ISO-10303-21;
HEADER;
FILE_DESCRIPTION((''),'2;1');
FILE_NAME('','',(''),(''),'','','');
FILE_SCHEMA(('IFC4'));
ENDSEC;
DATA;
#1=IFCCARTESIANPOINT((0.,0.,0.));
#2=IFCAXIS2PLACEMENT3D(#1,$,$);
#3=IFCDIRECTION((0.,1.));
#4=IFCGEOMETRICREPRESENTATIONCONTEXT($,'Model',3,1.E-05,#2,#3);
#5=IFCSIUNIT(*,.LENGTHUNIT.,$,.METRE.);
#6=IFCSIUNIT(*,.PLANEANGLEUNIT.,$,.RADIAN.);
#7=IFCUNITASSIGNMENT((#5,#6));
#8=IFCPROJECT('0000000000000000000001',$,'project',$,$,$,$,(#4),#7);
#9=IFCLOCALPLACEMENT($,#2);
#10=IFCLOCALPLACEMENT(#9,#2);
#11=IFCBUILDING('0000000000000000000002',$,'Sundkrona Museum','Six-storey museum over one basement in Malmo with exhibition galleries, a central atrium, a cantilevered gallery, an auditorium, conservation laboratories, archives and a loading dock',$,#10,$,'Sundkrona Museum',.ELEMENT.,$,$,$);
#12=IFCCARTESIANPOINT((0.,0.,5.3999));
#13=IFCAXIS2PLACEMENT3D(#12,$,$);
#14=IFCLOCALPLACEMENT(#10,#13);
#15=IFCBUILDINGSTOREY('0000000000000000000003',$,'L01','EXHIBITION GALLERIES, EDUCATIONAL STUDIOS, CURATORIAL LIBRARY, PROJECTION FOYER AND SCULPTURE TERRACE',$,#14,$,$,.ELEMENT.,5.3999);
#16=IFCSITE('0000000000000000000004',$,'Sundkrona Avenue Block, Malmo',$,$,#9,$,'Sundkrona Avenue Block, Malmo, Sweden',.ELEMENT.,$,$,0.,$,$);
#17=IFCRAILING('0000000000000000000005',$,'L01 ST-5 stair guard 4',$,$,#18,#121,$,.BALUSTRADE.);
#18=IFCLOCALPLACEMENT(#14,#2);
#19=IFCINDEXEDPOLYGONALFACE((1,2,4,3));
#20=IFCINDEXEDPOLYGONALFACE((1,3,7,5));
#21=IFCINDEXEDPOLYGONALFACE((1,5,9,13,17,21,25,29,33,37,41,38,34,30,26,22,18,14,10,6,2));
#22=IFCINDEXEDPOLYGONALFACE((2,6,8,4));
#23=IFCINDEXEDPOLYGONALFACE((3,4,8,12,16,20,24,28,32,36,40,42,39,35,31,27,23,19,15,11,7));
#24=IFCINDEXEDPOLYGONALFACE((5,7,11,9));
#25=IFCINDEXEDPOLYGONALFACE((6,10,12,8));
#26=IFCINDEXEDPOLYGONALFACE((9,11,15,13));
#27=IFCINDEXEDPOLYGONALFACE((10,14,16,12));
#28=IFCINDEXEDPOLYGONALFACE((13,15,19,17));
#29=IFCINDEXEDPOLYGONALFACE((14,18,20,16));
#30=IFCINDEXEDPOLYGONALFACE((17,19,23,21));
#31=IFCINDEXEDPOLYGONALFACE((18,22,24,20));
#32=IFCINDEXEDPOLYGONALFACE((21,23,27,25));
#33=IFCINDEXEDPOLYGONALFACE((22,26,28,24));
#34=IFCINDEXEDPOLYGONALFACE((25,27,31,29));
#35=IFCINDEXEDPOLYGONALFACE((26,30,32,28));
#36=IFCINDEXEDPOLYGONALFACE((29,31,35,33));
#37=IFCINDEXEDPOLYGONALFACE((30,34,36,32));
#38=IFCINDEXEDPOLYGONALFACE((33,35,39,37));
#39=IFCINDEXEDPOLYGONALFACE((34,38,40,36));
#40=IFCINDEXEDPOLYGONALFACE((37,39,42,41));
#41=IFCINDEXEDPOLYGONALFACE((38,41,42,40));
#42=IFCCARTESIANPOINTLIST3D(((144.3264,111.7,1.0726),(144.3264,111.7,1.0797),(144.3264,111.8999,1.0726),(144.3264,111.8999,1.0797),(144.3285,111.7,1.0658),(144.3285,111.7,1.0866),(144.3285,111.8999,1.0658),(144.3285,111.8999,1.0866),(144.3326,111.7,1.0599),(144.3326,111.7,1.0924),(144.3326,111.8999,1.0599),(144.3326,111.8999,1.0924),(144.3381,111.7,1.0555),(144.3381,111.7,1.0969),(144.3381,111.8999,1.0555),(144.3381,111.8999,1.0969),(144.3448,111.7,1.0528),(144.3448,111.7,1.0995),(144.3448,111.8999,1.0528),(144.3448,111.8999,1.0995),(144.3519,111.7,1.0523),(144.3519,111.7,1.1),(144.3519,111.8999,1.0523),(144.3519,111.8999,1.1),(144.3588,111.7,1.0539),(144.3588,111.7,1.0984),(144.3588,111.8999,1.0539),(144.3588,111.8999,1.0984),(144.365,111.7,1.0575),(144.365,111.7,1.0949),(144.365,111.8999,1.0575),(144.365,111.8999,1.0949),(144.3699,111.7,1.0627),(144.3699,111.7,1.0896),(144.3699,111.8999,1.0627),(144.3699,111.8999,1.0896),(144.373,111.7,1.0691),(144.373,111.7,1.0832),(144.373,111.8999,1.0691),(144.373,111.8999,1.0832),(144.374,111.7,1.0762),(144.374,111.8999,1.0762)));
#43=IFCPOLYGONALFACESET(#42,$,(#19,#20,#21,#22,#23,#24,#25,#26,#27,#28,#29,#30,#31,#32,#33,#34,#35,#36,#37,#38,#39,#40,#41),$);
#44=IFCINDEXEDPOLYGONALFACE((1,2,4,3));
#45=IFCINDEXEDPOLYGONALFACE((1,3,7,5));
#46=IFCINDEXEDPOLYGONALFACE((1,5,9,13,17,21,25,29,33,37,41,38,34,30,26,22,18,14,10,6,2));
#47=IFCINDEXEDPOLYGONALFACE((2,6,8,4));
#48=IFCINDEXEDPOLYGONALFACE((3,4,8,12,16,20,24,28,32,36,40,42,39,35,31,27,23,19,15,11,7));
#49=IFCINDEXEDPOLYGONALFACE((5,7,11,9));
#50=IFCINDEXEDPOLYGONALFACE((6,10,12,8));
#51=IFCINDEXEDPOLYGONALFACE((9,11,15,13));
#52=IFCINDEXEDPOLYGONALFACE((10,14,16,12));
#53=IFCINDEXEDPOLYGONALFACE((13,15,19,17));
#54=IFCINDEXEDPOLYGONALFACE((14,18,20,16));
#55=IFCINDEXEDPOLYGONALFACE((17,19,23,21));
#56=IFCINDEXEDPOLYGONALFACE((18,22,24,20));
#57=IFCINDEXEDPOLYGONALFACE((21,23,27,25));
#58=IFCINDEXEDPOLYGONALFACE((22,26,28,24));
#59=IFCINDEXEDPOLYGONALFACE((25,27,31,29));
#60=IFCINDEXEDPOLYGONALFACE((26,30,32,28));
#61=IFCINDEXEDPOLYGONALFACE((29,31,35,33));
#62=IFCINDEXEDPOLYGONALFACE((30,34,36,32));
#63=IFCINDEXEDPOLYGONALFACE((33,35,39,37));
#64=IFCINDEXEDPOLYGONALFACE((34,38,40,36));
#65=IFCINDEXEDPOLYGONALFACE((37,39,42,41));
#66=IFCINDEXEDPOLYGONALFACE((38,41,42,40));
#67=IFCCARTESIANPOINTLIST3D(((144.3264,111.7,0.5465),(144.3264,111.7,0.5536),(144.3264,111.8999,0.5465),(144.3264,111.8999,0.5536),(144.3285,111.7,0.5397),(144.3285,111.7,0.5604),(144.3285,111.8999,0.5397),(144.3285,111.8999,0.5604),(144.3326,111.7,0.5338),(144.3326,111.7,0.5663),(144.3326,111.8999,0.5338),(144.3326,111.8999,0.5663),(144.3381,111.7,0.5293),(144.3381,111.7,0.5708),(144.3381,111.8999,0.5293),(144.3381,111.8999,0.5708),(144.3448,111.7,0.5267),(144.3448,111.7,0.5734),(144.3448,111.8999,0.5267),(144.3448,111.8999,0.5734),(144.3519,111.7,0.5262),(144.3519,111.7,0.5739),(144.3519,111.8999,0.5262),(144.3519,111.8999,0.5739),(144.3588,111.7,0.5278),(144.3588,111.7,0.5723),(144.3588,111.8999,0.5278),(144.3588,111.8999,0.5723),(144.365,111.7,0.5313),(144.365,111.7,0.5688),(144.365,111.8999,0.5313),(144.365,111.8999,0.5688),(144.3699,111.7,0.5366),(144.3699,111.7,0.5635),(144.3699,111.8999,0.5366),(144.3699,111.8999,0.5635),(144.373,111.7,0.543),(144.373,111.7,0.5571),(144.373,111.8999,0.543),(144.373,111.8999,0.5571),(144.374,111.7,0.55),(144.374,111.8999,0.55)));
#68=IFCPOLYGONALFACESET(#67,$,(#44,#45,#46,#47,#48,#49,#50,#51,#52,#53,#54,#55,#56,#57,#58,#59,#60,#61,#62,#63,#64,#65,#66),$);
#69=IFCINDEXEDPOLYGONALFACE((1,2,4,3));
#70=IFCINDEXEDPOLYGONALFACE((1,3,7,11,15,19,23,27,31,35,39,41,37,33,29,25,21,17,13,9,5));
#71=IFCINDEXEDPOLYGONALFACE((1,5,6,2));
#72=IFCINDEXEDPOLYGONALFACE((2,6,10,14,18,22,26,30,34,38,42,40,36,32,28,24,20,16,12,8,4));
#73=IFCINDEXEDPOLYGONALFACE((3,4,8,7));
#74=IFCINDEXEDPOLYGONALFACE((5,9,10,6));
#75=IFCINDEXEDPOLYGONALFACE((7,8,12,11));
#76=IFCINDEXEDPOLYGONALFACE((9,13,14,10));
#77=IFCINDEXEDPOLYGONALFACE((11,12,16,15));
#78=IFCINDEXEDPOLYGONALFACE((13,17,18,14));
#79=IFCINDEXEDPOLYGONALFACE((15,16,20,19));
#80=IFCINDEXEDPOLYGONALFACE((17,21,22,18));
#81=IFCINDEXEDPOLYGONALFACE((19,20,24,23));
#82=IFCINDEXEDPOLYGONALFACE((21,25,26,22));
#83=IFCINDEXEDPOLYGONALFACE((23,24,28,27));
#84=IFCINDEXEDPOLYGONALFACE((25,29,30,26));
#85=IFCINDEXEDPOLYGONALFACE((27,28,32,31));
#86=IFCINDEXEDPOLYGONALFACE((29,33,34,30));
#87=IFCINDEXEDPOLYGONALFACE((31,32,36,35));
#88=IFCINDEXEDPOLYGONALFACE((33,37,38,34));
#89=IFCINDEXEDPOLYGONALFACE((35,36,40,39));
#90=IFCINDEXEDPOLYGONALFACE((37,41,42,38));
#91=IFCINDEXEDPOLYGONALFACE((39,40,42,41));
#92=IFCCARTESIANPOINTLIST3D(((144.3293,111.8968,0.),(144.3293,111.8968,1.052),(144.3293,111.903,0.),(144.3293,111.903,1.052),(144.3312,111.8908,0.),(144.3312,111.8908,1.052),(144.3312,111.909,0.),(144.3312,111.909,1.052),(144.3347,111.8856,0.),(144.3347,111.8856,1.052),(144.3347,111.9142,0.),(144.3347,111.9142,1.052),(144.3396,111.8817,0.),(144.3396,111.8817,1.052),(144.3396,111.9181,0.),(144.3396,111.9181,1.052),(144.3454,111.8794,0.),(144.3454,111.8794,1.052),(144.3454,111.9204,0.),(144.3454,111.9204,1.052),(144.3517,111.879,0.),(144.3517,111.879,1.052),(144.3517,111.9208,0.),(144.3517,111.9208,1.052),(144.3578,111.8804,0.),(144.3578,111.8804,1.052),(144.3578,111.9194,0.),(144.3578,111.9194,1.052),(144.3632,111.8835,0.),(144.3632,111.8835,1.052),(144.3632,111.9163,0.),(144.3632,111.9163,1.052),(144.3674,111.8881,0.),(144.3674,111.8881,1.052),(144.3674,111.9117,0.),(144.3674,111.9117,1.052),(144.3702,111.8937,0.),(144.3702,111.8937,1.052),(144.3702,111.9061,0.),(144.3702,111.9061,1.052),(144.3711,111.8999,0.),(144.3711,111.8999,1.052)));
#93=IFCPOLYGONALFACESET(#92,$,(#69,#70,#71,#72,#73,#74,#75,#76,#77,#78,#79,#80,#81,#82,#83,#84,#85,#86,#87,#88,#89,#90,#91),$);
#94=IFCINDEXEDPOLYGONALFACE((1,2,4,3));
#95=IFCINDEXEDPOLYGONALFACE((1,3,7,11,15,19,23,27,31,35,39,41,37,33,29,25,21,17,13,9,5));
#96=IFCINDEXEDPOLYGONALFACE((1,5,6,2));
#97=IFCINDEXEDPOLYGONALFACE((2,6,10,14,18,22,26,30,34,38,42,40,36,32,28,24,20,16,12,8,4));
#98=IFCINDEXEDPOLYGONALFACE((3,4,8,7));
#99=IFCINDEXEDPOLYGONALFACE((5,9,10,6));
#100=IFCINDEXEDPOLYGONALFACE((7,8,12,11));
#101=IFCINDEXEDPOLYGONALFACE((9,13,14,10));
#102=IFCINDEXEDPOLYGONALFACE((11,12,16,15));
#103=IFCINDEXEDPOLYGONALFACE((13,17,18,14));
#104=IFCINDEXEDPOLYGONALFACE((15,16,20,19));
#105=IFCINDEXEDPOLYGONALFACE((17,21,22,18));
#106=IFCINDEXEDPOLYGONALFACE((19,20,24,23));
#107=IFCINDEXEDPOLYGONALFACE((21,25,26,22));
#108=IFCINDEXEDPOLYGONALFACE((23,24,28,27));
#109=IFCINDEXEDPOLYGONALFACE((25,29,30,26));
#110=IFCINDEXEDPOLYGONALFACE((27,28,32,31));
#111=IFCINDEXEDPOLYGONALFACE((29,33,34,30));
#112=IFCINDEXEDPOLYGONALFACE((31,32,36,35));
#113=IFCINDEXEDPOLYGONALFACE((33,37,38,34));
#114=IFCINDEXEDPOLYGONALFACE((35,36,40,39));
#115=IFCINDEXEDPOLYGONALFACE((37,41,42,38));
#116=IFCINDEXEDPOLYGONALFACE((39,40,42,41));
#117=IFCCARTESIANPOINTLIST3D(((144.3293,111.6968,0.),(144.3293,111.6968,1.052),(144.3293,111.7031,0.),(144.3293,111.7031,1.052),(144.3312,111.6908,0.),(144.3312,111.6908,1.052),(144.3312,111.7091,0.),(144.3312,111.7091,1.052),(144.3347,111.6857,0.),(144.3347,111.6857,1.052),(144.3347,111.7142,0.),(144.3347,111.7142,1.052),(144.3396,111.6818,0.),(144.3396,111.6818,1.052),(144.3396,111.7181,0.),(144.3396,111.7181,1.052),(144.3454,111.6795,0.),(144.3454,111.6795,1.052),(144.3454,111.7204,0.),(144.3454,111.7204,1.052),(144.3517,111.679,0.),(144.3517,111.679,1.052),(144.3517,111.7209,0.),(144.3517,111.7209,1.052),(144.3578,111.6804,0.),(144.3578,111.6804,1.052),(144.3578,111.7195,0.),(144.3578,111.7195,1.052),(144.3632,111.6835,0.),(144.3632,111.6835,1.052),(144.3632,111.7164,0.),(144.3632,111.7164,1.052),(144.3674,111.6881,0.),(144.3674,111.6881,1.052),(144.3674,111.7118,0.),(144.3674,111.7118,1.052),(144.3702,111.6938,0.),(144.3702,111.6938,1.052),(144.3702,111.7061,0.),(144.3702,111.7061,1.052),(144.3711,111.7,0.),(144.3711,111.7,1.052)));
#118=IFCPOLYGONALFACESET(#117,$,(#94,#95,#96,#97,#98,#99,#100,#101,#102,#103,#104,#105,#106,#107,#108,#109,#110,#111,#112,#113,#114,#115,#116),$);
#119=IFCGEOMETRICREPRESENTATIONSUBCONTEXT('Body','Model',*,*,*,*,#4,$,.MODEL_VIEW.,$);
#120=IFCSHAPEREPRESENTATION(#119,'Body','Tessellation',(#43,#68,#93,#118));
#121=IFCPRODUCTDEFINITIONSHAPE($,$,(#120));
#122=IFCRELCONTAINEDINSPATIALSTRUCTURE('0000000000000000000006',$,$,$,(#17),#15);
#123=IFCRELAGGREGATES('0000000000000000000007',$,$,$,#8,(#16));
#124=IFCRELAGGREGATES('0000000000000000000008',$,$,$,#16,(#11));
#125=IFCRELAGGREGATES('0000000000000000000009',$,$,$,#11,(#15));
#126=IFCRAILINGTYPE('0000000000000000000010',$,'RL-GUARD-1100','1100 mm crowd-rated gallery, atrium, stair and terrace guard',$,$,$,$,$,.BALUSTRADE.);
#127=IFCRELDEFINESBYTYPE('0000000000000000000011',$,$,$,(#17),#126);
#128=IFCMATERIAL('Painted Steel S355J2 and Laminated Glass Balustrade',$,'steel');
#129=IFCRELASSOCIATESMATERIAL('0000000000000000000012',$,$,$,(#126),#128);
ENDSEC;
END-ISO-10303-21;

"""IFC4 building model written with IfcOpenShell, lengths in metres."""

from ifc_helpers import new_model, si_unit, direction, frame, origin, origin_2d, place, context, subcontext, project, spatial, circle, extrude, material, type_object, element, save


model = new_model("IFC4")

# Units and contexts
model_context = context("Model", 3, precision=1e-05, world=origin(), true_north=direction((0.0, 1.0)))
body_context = subcontext(model_context, "Body", "Model", "MODEL_VIEW")
ifc_project = project(units=[si_unit("LENGTHUNIT", "METRE"), si_unit("PLANEANGLEUNIT", "RADIAN")], contexts=[model_context])

# Site, building, storey
site_placement = place(None, origin())
site = spatial("IfcSite", under=ifc_project, at=site_placement, Name="Sundkrona Avenue Block, Malmo", LongName="Sundkrona Avenue Block, Malmo, Sweden", CompositionType="ELEMENT", RefElevation=0.0)
building_placement = place(site_placement, origin())
building = spatial("IfcBuilding", under=site, at=building_placement, Name="Sundkrona Museum", Description="Six-storey museum over one basement in Malmo with exhibition galleries, a central atrium, a cantilevered gallery, an auditorium, conservation laboratories, archives and a loading dock", LongName="Sundkrona Museum", CompositionType="ELEMENT")
storey_placement = place(building_placement, frame((0.0, 0.0, 5.3999)))
storey = spatial("IfcBuildingStorey", under=building, at=storey_placement, Name="L01", Description="EXHIBITION GALLERIES, EDUCATIONAL STUDIOS, CURATORIAL LIBRARY, PROJECTION FOYER AND SCULPTURE TERRACE", CompositionType="ELEMENT", Elevation=5.3999)

# Railing
ifc_material_1 = material(Name="Painted Steel S355J2 and Laminated Glass Balustrade", Category="steel")
railing_type_1 = type_object("IfcRailingType", Name="RL-GUARD-1100", Description="1100 mm crowd-rated gallery, atrium, stair and terrace guard", PredefinedType="BALUSTRADE", material=ifc_material_1)
railing_1_placement = place(storey_placement, frame((144.3501, 111.8999, 0.0)))
element("IfcRailing", 1, at=railing_1_placement, inside=storey, type_object=railing_type_1, Name="L01 ST-5 stair guard 4", PredefinedType="BALUSTRADE", context=body_context, shape_type="SweptSolid", body=[
    extrude(circle(Radius=0.0239, at=origin_2d()), frame((0.0, 0.0, 1.0762), z_axis=(0.0, -1.0, 0.0), x_axis=(1.0, 0.0, 0.0)), (0.0, 0.0, 1.0), 0.2),
    extrude(circle(Radius=0.0239, at=origin_2d()), frame((0.0, 0.0, 0.55), z_axis=(0.0, -1.0, 0.0), x_axis=(1.0, 0.0, 0.0)), (0.0, 0.0, 1.0), 0.2),
    extrude(circle(Radius=0.021, at=origin_2d()), origin(), (0.0, 0.0, 1.0), 1.052),
    extrude(circle(Radius=0.021, at=origin_2d()), frame((0.0, -0.2, 0.0)), (0.0, 0.0, 1.0), 1.052),
])

save(model, "model.ifc")
